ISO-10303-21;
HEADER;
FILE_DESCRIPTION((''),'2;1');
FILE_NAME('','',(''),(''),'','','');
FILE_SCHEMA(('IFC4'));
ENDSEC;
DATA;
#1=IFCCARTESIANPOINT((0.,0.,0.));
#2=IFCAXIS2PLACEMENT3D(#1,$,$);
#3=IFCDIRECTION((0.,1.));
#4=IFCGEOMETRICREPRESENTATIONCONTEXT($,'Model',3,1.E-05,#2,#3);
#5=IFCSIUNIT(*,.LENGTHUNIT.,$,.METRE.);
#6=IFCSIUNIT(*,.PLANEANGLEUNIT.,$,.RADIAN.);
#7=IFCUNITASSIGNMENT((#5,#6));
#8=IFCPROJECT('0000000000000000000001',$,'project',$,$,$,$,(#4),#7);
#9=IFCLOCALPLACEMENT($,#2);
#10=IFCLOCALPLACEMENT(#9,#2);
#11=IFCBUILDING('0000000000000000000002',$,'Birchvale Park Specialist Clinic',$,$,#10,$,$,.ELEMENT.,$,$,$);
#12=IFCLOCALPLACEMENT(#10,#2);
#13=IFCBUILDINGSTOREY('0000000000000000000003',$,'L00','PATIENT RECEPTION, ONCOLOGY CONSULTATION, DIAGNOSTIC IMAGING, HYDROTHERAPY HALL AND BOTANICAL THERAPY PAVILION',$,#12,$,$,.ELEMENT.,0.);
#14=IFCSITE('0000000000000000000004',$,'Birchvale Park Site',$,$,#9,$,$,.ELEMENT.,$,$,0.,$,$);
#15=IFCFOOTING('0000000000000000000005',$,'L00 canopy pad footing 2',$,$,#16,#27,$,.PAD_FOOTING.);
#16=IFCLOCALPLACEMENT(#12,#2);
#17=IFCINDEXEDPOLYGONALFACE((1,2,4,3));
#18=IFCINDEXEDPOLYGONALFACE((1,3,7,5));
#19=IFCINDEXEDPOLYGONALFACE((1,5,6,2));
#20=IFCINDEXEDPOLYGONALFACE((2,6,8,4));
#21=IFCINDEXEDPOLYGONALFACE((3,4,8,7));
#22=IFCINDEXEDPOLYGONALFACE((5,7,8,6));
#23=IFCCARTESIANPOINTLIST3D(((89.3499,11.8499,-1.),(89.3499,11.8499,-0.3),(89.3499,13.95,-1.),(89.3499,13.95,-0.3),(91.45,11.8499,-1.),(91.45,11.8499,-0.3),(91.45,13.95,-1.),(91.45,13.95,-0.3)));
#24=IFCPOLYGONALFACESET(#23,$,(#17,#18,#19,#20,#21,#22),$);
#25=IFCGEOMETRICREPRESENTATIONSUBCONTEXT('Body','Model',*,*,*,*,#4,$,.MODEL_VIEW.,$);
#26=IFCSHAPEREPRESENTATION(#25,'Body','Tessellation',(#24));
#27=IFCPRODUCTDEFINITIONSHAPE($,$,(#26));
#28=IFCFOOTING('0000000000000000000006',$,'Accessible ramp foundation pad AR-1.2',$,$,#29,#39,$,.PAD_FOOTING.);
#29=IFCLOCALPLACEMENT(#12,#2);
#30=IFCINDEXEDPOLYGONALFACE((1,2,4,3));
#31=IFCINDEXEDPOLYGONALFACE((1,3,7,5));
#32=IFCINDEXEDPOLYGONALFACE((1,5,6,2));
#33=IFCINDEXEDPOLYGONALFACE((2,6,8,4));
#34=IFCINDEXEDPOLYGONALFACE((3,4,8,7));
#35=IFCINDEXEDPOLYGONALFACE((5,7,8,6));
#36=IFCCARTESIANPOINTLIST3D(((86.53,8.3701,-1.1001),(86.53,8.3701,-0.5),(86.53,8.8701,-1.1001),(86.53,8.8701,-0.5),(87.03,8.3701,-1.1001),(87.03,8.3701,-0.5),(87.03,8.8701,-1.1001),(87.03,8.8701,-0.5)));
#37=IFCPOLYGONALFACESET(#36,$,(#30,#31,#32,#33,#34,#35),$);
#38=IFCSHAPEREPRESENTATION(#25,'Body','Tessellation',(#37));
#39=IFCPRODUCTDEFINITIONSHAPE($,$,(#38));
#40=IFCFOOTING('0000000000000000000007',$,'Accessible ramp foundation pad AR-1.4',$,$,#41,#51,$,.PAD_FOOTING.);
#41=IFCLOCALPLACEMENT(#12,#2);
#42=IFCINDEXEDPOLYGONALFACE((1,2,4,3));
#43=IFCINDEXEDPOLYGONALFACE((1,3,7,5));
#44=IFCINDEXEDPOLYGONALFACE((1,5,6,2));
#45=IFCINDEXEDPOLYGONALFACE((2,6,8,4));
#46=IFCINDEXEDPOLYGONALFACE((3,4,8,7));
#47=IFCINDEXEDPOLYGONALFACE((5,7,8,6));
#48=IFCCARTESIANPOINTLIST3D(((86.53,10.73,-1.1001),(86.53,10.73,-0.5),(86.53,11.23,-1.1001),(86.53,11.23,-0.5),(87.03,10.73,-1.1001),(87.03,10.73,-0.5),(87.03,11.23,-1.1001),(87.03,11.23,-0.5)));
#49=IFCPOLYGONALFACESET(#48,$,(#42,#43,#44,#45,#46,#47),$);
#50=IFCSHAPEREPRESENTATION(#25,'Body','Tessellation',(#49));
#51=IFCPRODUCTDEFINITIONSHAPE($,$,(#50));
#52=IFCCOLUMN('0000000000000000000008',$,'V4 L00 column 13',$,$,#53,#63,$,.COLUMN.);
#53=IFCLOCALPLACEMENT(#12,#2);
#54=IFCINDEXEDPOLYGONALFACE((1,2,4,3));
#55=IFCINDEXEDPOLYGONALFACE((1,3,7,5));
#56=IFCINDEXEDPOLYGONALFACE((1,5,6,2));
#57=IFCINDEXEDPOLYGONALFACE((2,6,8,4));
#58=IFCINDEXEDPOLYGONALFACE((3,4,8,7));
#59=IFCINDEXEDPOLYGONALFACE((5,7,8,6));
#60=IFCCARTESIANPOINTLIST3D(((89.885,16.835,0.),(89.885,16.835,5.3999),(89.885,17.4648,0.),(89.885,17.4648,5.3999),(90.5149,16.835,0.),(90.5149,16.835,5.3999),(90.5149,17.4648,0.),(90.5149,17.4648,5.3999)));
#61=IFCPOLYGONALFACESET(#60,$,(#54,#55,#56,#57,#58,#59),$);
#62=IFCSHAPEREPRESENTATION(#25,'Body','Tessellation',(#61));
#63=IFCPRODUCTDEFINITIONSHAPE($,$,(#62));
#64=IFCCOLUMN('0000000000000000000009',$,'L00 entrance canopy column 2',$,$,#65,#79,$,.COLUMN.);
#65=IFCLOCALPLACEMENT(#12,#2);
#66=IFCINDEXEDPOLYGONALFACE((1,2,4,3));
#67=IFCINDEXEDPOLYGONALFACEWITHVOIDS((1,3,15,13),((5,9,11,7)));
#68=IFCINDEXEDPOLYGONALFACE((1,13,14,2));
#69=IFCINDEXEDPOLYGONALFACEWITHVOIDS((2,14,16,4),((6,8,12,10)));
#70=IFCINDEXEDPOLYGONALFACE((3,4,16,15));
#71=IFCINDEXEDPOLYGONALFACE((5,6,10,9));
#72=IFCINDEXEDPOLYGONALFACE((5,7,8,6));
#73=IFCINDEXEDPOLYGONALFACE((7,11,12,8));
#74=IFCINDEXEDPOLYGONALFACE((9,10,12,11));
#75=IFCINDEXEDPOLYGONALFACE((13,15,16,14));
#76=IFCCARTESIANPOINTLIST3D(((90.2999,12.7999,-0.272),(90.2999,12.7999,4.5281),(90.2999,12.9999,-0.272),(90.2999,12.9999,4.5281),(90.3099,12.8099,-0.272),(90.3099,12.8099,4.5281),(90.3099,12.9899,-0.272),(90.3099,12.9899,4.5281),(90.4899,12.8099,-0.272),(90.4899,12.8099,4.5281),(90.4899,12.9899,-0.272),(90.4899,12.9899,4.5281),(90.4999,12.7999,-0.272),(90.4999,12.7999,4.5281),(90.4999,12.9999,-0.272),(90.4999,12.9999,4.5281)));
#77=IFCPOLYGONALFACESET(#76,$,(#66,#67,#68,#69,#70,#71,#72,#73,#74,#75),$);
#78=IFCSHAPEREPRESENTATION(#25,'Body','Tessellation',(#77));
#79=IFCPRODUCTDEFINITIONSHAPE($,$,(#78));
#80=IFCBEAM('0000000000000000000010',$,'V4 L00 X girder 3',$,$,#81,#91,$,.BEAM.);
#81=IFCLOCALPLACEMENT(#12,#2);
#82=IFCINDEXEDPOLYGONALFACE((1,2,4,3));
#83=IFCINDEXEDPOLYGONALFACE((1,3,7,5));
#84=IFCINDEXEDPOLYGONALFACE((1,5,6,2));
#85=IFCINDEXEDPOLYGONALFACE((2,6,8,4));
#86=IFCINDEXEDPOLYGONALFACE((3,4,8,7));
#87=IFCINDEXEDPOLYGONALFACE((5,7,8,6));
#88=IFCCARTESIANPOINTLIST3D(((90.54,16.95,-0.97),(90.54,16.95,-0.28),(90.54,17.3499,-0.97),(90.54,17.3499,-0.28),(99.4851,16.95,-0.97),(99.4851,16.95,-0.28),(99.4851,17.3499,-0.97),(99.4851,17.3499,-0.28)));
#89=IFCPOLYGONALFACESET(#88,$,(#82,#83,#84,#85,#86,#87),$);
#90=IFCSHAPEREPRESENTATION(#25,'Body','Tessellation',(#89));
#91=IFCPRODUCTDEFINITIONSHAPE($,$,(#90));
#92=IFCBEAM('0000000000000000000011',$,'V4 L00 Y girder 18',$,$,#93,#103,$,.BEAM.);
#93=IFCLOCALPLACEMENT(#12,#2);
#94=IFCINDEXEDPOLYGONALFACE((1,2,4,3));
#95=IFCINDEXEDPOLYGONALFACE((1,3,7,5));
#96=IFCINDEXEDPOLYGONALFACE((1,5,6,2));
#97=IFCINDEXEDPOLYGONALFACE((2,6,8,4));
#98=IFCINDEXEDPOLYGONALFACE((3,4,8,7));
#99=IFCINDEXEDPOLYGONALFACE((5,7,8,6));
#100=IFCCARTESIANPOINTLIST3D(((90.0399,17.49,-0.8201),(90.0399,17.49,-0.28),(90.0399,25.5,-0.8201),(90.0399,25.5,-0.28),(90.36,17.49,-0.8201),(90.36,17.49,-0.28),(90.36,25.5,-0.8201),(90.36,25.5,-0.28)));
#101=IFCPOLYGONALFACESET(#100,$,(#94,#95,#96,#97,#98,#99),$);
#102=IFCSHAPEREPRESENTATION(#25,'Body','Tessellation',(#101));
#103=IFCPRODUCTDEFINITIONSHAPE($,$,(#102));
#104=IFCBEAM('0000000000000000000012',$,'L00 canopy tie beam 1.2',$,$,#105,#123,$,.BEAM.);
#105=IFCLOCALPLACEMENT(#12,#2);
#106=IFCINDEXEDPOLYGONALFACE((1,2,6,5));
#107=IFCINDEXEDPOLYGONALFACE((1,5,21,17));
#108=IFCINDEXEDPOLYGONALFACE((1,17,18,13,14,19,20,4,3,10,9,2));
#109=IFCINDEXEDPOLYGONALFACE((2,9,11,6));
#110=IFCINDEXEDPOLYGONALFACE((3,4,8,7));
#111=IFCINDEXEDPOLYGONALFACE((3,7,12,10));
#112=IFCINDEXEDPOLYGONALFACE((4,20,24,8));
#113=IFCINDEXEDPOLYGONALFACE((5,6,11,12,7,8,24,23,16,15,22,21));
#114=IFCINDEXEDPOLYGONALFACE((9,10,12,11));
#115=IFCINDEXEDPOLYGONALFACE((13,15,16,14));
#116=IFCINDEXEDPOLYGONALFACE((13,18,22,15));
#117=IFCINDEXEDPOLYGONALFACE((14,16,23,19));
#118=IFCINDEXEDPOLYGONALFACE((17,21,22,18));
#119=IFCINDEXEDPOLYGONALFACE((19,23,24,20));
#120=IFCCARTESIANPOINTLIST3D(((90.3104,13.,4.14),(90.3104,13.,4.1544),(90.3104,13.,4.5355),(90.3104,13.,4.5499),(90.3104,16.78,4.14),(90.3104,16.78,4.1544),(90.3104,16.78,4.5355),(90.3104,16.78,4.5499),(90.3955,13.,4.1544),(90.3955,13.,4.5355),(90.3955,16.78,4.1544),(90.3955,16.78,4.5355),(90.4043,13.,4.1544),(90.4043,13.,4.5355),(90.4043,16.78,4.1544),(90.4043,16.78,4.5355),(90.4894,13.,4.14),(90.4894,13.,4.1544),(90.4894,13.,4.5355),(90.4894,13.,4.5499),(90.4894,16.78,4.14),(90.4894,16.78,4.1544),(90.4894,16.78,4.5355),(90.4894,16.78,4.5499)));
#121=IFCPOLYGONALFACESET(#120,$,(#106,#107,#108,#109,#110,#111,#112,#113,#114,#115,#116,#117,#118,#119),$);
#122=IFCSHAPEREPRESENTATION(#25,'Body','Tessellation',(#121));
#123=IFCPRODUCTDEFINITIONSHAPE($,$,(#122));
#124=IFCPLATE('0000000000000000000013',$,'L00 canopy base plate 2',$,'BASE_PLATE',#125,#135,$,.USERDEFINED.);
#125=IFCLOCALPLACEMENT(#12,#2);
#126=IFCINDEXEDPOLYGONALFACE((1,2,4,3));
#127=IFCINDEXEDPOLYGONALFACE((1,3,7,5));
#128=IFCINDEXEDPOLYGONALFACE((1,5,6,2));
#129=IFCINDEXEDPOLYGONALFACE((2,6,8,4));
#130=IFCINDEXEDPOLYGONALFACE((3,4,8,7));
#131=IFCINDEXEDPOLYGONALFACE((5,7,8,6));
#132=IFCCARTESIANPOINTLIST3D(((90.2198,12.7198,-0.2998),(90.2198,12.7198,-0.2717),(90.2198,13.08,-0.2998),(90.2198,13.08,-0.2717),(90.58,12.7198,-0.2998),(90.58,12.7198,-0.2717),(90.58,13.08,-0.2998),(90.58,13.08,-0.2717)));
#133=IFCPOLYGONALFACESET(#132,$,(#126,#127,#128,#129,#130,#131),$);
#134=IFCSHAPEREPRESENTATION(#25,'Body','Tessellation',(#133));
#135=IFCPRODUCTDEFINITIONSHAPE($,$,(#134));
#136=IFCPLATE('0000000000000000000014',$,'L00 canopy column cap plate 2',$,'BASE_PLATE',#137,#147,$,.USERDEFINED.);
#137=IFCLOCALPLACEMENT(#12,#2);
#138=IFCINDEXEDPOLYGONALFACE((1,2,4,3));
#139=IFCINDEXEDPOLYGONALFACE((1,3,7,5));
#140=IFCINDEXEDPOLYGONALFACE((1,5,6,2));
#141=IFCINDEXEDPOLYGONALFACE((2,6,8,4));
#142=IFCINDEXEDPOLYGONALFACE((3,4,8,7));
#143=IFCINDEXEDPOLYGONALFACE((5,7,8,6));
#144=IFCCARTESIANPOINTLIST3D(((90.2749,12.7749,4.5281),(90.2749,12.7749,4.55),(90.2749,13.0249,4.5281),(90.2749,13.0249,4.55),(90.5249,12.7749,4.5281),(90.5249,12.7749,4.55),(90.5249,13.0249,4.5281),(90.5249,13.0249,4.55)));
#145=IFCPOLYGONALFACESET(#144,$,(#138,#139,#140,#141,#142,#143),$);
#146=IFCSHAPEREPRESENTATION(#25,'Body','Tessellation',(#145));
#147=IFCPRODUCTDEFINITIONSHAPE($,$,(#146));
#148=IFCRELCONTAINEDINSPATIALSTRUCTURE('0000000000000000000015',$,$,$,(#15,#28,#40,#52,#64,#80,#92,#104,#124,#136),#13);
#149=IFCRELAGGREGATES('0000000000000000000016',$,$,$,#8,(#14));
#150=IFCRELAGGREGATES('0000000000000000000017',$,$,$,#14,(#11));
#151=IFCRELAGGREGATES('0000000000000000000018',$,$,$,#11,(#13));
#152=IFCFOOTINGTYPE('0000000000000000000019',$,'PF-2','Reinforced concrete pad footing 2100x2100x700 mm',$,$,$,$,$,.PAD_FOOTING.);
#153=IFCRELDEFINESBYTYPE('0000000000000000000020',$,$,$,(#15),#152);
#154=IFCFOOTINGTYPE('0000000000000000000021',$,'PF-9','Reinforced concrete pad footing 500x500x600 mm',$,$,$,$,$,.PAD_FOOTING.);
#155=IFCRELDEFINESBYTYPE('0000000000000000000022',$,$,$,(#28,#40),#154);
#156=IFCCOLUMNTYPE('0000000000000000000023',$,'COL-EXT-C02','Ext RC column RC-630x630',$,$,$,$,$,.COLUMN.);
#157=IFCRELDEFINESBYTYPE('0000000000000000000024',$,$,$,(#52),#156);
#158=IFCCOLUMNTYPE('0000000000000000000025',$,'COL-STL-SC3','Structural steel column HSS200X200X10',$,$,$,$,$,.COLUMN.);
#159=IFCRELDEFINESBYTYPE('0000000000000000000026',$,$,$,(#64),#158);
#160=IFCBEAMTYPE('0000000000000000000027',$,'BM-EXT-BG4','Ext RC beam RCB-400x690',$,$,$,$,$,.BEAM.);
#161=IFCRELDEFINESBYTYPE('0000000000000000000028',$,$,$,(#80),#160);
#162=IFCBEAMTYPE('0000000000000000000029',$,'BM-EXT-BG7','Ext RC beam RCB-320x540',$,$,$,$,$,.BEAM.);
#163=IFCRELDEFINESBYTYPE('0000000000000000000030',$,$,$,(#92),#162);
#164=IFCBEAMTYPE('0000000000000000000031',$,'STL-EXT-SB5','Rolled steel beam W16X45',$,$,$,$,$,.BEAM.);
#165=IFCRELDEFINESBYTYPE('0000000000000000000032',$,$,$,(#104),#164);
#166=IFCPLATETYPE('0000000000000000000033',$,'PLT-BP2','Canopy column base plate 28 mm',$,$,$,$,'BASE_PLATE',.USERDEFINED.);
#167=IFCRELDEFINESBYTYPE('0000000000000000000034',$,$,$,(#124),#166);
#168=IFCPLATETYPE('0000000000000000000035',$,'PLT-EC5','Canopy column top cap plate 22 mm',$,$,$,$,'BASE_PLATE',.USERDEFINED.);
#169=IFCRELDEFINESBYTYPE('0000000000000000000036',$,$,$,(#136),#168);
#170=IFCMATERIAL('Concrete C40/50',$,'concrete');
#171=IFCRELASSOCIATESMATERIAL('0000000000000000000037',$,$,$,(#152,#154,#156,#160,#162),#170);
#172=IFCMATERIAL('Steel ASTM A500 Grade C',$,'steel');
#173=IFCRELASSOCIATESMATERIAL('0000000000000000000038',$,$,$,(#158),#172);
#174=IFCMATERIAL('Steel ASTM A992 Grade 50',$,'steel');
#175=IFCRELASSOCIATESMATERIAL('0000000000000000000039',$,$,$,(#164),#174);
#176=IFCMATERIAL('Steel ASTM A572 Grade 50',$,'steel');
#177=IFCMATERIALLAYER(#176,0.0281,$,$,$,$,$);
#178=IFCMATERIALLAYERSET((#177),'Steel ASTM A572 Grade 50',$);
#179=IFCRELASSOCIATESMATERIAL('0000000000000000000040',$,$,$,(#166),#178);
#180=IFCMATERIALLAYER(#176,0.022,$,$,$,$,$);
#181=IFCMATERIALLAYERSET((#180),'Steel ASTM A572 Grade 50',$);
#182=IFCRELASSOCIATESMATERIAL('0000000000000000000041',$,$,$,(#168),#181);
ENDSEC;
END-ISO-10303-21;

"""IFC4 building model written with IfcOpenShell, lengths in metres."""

from ifc_helpers import new_model, si_unit, direction, frame, origin, origin_2d, place, context, subcontext, project, spatial, rectangle, hollow_rectangle, i_section, extrude, material, layer, layer_set, material_profile, profile_set, type_object, element, save


model = new_model("IFC4")

# Units and contexts
model_context = context("Model", 3, precision=1e-05, world=origin(), true_north=direction((0.0, 1.0)))
body_context = subcontext(model_context, "Body", "Model", "MODEL_VIEW")
ifc_project = project(units=[si_unit("LENGTHUNIT", "METRE"), si_unit("PLANEANGLEUNIT", "RADIAN")], contexts=[model_context])

# Site, building, storey
site_placement = place(None, origin())
site = spatial("IfcSite", under=ifc_project, at=site_placement, Name="Birchvale Park Site", CompositionType="ELEMENT", RefElevation=0.0)
building_placement = place(site_placement, origin())
building = spatial("IfcBuilding", under=site, at=building_placement, Name="Birchvale Park Specialist Clinic", CompositionType="ELEMENT")
storey_placement = place(building_placement, origin())
storey = spatial("IfcBuildingStorey", under=building, at=storey_placement, Name="L00", Description="PATIENT RECEPTION, ONCOLOGY CONSULTATION, DIAGNOSTIC IMAGING, HYDROTHERAPY HALL AND BOTANICAL THERAPY PAVILION", CompositionType="ELEMENT", Elevation=0.0)

# Footings
ifc_material_1 = material(Name="Concrete C40/50", Category="concrete")
footing_type_1 = type_object("IfcFootingType", Name="PF-2", Description="Reinforced concrete pad footing 2100x2100x700 mm", PredefinedType="PAD_FOOTING", material=ifc_material_1)
footing_placement = place(storey_placement, frame((90.3999, 12.8999, -1.0), z_axis=(0.0, 0.0, 1.0), x_axis=(1.0, 0.0, 0.0)))
element("IfcFooting", 1, at=footing_placement, inside=storey, type_object=footing_type_1, Name="L00 canopy pad footing 2", PredefinedType="PAD_FOOTING", context=body_context, shape_type="SweptSolid", body=[
    extrude(rectangle(XDim=2.1001, YDim=2.1001, at=origin_2d()), origin(), (0.0, 0.0, 1.0), 0.7),
])
footing_type_2 = type_object("IfcFootingType", Name="PF-9", Description="Reinforced concrete pad footing 500x500x600 mm", PredefinedType="PAD_FOOTING", material=ifc_material_1)
for number, where, z_axis, x_axis, name in (
    (2, (86.78, 8.6201, -1.1001), (0.0, 0.0, 1.0), (1.0, 0.0, 0.0), "Accessible ramp foundation pad AR-1.2"),
    (3, (86.78, 10.98, -1.1001), (0.0, 0.0, 1.0), (1.0, 0.0, 0.0), "Accessible ramp foundation pad AR-1.4"),
):
    element("IfcFooting", number, at=place(storey_placement, frame(where, z_axis=z_axis, x_axis=x_axis)), inside=storey, type_object=footing_type_2, Name=name, PredefinedType="PAD_FOOTING", context=body_context, shape_type="SweptSolid", body=[
        extrude(rectangle(XDim=0.5, YDim=0.5, at=origin_2d()), origin(), (0.0, 0.0, 1.0), 0.6001),
    ])

# Columns
ifc_material_profile_1 = material_profile(ifc_material_1, rectangle(XDim=0.6299, YDim=0.6299, at=origin_2d()), Name="RC-630x630")
ifc_profile_set_1 = profile_set([ifc_material_profile_1], Name="Concrete C40/50")
column_type_1 = type_object("IfcColumnType", Name="COL-EXT-C02", Description="Ext RC column RC-630x630", PredefinedType="COLUMN", material=ifc_profile_set_1)
column_1_placement = place(storey_placement, frame((90.2, 17.1499, 0.0), z_axis=(0.0, 0.0, 1.0), x_axis=(1.0, 0.0, 0.0)))
element("IfcColumn", 4, at=column_1_placement, inside=storey, type_object=column_type_1, Name="V4 L00 column 13", PredefinedType="COLUMN", context=body_context, shape_type="SweptSolid", body=[
    extrude(rectangle(XDim=0.6299, YDim=0.6299, at=origin_2d()), origin(), (0.0, 0.0, 1.0), 5.3999),
])
ifc_material_2 = material(Name="Steel ASTM A500 Grade C", Category="steel")
ifc_material_profile_2 = material_profile(ifc_material_2, hollow_rectangle(XDim=0.2, YDim=0.2, WallThickness=0.01, at=origin_2d()), Name="HSS200X200X10")
ifc_profile_set_2 = profile_set([ifc_material_profile_2], Name="Steel ASTM A500 Grade C")
column_type_2 = type_object("IfcColumnType", Name="COL-STL-SC3", Description="Structural steel column HSS200X200X10", PredefinedType="COLUMN", material=ifc_profile_set_2)
column_2_placement = place(storey_placement, frame((90.3999, 12.8999, -0.272), z_axis=(0.0, 0.0, 1.0), x_axis=(1.0, 0.0, 0.0)))
element("IfcColumn", 5, at=column_2_placement, inside=storey, type_object=column_type_2, Name="L00 entrance canopy column 2", PredefinedType="COLUMN", context=body_context, shape_type="SweptSolid", body=[
    extrude(hollow_rectangle(XDim=0.2, YDim=0.2, WallThickness=0.01, at=origin_2d()), origin(), (0.0, 0.0, 1.0), 4.8),
])

# Beams
ifc_material_profile_3 = material_profile(ifc_material_1, rectangle(XDim=0.3999, YDim=0.6899, at=origin_2d()), Name="RCB-400x690")
ifc_profile_set_3 = profile_set([ifc_material_profile_3], Name="Concrete C40/50")
beam_type_1 = type_object("IfcBeamType", Name="BM-EXT-BG4", Description="Ext RC beam RCB-400x690", PredefinedType="BEAM", material=ifc_profile_set_3)
beam_1_placement = place(storey_placement, frame((90.54, 17.1499, -0.625), z_axis=(1.0, 0.0, 0.0), x_axis=(0.0, 1.0, 0.0)))
element("IfcBeam", 6, at=beam_1_placement, inside=storey, type_object=beam_type_1, Name="V4 L00 X girder 3", PredefinedType="BEAM", context=body_context, shape_type="SweptSolid", body=[
    extrude(rectangle(XDim=0.3999, YDim=0.6899, at=origin_2d()), origin(), (0.0, 0.0, 1.0), 8.9451),
])
ifc_material_profile_4 = material_profile(ifc_material_1, rectangle(XDim=0.3201, YDim=0.54, at=origin_2d()), Name="RCB-320x540")
ifc_profile_set_4 = profile_set([ifc_material_profile_4], Name="Concrete C40/50")
beam_type_2 = type_object("IfcBeamType", Name="BM-EXT-BG7", Description="Ext RC beam RCB-320x540", PredefinedType="BEAM", material=ifc_profile_set_4)
beam_2_placement = place(storey_placement, frame((90.2, 17.49, -0.55), z_axis=(0.0, 1.0, 0.0), x_axis=(-1.0, 0.0, 0.0)))
element("IfcBeam", 7, at=beam_2_placement, inside=storey, type_object=beam_type_2, Name="V4 L00 Y girder 18", PredefinedType="BEAM", context=body_context, shape_type="SweptSolid", body=[
    extrude(rectangle(XDim=0.3201, YDim=0.54, at=origin_2d()), origin(), (0.0, 0.0, 1.0), 8.01),
])
ifc_material_3 = material(Name="Steel ASTM A992 Grade 50", Category="steel")
ifc_material_profile_5 = material_profile(ifc_material_3, i_section(OverallWidth=0.179, OverallDepth=0.4099, WebThickness=0.0088, FlangeThickness=0.0144, at=origin_2d()), Name="W16X45")
ifc_profile_set_5 = profile_set([ifc_material_profile_5], Name="Steel ASTM A992 Grade 50")
beam_type_3 = type_object("IfcBeamType", Name="STL-EXT-SB5", Description="Rolled steel beam W16X45", PredefinedType="BEAM", material=ifc_profile_set_5)
beam_3_placement = place(storey_placement, frame((90.3999, 13.0, 4.345), z_axis=(0.0, 1.0, 0.0), x_axis=(-1.0, 0.0, 0.0)))
element("IfcBeam", 8, at=beam_3_placement, inside=storey, type_object=beam_type_3, Name="L00 canopy tie beam 1.2", PredefinedType="BEAM", context=body_context, shape_type="SweptSolid", body=[
    extrude(i_section(OverallWidth=0.179, OverallDepth=0.4099, WebThickness=0.0088, FlangeThickness=0.0144, at=origin_2d()), origin(), (0.0, 0.0, 1.0), 3.78),
])

# Plates
ifc_material_4 = material(Name="Steel ASTM A572 Grade 50", Category="steel")
ifc_layer_1 = layer(ifc_material_4, 0.0281)
ifc_layer_set_1 = layer_set([ifc_layer_1], Name="Steel ASTM A572 Grade 50")
plate_type_1 = type_object("IfcPlateType", Name="PLT-BP2", Description="Canopy column base plate 28 mm", ElementType="BASE_PLATE", PredefinedType="USERDEFINED", material=ifc_layer_set_1)
plate_1_placement = place(storey_placement, frame((90.3999, 12.8999, -0.2998), z_axis=(0.0, 0.0, 1.0), x_axis=(1.0, 0.0, 0.0)))
element("IfcPlate", 9, at=plate_1_placement, inside=storey, type_object=plate_type_1, Name="L00 canopy base plate 2", ObjectType="BASE_PLATE", PredefinedType="USERDEFINED", context=body_context, shape_type="SweptSolid", body=[
    extrude(rectangle(XDim=0.3601, YDim=0.3601, at=origin_2d()), origin(), (0.0, 0.0, 1.0), 0.0281),
])
ifc_layer_2 = layer(ifc_material_4, 0.022)
ifc_layer_set_2 = layer_set([ifc_layer_2], Name="Steel ASTM A572 Grade 50")
plate_type_2 = type_object("IfcPlateType", Name="PLT-EC5", Description="Canopy column top cap plate 22 mm", ElementType="BASE_PLATE", PredefinedType="USERDEFINED", material=ifc_layer_set_2)
plate_2_placement = place(storey_placement, frame((90.3999, 12.8999, 4.5281), z_axis=(0.0, 0.0, 1.0), x_axis=(1.0, 0.0, 0.0)))
element("IfcPlate", 10, at=plate_2_placement, inside=storey, type_object=plate_type_2, Name="L00 canopy column cap plate 2", ObjectType="BASE_PLATE", PredefinedType="USERDEFINED", context=body_context, shape_type="SweptSolid", body=[
    extrude(rectangle(XDim=0.25, YDim=0.25, at=origin_2d()), origin(), (0.0, 0.0, 1.0), 0.022),
])

save(model, "model.ifc")
